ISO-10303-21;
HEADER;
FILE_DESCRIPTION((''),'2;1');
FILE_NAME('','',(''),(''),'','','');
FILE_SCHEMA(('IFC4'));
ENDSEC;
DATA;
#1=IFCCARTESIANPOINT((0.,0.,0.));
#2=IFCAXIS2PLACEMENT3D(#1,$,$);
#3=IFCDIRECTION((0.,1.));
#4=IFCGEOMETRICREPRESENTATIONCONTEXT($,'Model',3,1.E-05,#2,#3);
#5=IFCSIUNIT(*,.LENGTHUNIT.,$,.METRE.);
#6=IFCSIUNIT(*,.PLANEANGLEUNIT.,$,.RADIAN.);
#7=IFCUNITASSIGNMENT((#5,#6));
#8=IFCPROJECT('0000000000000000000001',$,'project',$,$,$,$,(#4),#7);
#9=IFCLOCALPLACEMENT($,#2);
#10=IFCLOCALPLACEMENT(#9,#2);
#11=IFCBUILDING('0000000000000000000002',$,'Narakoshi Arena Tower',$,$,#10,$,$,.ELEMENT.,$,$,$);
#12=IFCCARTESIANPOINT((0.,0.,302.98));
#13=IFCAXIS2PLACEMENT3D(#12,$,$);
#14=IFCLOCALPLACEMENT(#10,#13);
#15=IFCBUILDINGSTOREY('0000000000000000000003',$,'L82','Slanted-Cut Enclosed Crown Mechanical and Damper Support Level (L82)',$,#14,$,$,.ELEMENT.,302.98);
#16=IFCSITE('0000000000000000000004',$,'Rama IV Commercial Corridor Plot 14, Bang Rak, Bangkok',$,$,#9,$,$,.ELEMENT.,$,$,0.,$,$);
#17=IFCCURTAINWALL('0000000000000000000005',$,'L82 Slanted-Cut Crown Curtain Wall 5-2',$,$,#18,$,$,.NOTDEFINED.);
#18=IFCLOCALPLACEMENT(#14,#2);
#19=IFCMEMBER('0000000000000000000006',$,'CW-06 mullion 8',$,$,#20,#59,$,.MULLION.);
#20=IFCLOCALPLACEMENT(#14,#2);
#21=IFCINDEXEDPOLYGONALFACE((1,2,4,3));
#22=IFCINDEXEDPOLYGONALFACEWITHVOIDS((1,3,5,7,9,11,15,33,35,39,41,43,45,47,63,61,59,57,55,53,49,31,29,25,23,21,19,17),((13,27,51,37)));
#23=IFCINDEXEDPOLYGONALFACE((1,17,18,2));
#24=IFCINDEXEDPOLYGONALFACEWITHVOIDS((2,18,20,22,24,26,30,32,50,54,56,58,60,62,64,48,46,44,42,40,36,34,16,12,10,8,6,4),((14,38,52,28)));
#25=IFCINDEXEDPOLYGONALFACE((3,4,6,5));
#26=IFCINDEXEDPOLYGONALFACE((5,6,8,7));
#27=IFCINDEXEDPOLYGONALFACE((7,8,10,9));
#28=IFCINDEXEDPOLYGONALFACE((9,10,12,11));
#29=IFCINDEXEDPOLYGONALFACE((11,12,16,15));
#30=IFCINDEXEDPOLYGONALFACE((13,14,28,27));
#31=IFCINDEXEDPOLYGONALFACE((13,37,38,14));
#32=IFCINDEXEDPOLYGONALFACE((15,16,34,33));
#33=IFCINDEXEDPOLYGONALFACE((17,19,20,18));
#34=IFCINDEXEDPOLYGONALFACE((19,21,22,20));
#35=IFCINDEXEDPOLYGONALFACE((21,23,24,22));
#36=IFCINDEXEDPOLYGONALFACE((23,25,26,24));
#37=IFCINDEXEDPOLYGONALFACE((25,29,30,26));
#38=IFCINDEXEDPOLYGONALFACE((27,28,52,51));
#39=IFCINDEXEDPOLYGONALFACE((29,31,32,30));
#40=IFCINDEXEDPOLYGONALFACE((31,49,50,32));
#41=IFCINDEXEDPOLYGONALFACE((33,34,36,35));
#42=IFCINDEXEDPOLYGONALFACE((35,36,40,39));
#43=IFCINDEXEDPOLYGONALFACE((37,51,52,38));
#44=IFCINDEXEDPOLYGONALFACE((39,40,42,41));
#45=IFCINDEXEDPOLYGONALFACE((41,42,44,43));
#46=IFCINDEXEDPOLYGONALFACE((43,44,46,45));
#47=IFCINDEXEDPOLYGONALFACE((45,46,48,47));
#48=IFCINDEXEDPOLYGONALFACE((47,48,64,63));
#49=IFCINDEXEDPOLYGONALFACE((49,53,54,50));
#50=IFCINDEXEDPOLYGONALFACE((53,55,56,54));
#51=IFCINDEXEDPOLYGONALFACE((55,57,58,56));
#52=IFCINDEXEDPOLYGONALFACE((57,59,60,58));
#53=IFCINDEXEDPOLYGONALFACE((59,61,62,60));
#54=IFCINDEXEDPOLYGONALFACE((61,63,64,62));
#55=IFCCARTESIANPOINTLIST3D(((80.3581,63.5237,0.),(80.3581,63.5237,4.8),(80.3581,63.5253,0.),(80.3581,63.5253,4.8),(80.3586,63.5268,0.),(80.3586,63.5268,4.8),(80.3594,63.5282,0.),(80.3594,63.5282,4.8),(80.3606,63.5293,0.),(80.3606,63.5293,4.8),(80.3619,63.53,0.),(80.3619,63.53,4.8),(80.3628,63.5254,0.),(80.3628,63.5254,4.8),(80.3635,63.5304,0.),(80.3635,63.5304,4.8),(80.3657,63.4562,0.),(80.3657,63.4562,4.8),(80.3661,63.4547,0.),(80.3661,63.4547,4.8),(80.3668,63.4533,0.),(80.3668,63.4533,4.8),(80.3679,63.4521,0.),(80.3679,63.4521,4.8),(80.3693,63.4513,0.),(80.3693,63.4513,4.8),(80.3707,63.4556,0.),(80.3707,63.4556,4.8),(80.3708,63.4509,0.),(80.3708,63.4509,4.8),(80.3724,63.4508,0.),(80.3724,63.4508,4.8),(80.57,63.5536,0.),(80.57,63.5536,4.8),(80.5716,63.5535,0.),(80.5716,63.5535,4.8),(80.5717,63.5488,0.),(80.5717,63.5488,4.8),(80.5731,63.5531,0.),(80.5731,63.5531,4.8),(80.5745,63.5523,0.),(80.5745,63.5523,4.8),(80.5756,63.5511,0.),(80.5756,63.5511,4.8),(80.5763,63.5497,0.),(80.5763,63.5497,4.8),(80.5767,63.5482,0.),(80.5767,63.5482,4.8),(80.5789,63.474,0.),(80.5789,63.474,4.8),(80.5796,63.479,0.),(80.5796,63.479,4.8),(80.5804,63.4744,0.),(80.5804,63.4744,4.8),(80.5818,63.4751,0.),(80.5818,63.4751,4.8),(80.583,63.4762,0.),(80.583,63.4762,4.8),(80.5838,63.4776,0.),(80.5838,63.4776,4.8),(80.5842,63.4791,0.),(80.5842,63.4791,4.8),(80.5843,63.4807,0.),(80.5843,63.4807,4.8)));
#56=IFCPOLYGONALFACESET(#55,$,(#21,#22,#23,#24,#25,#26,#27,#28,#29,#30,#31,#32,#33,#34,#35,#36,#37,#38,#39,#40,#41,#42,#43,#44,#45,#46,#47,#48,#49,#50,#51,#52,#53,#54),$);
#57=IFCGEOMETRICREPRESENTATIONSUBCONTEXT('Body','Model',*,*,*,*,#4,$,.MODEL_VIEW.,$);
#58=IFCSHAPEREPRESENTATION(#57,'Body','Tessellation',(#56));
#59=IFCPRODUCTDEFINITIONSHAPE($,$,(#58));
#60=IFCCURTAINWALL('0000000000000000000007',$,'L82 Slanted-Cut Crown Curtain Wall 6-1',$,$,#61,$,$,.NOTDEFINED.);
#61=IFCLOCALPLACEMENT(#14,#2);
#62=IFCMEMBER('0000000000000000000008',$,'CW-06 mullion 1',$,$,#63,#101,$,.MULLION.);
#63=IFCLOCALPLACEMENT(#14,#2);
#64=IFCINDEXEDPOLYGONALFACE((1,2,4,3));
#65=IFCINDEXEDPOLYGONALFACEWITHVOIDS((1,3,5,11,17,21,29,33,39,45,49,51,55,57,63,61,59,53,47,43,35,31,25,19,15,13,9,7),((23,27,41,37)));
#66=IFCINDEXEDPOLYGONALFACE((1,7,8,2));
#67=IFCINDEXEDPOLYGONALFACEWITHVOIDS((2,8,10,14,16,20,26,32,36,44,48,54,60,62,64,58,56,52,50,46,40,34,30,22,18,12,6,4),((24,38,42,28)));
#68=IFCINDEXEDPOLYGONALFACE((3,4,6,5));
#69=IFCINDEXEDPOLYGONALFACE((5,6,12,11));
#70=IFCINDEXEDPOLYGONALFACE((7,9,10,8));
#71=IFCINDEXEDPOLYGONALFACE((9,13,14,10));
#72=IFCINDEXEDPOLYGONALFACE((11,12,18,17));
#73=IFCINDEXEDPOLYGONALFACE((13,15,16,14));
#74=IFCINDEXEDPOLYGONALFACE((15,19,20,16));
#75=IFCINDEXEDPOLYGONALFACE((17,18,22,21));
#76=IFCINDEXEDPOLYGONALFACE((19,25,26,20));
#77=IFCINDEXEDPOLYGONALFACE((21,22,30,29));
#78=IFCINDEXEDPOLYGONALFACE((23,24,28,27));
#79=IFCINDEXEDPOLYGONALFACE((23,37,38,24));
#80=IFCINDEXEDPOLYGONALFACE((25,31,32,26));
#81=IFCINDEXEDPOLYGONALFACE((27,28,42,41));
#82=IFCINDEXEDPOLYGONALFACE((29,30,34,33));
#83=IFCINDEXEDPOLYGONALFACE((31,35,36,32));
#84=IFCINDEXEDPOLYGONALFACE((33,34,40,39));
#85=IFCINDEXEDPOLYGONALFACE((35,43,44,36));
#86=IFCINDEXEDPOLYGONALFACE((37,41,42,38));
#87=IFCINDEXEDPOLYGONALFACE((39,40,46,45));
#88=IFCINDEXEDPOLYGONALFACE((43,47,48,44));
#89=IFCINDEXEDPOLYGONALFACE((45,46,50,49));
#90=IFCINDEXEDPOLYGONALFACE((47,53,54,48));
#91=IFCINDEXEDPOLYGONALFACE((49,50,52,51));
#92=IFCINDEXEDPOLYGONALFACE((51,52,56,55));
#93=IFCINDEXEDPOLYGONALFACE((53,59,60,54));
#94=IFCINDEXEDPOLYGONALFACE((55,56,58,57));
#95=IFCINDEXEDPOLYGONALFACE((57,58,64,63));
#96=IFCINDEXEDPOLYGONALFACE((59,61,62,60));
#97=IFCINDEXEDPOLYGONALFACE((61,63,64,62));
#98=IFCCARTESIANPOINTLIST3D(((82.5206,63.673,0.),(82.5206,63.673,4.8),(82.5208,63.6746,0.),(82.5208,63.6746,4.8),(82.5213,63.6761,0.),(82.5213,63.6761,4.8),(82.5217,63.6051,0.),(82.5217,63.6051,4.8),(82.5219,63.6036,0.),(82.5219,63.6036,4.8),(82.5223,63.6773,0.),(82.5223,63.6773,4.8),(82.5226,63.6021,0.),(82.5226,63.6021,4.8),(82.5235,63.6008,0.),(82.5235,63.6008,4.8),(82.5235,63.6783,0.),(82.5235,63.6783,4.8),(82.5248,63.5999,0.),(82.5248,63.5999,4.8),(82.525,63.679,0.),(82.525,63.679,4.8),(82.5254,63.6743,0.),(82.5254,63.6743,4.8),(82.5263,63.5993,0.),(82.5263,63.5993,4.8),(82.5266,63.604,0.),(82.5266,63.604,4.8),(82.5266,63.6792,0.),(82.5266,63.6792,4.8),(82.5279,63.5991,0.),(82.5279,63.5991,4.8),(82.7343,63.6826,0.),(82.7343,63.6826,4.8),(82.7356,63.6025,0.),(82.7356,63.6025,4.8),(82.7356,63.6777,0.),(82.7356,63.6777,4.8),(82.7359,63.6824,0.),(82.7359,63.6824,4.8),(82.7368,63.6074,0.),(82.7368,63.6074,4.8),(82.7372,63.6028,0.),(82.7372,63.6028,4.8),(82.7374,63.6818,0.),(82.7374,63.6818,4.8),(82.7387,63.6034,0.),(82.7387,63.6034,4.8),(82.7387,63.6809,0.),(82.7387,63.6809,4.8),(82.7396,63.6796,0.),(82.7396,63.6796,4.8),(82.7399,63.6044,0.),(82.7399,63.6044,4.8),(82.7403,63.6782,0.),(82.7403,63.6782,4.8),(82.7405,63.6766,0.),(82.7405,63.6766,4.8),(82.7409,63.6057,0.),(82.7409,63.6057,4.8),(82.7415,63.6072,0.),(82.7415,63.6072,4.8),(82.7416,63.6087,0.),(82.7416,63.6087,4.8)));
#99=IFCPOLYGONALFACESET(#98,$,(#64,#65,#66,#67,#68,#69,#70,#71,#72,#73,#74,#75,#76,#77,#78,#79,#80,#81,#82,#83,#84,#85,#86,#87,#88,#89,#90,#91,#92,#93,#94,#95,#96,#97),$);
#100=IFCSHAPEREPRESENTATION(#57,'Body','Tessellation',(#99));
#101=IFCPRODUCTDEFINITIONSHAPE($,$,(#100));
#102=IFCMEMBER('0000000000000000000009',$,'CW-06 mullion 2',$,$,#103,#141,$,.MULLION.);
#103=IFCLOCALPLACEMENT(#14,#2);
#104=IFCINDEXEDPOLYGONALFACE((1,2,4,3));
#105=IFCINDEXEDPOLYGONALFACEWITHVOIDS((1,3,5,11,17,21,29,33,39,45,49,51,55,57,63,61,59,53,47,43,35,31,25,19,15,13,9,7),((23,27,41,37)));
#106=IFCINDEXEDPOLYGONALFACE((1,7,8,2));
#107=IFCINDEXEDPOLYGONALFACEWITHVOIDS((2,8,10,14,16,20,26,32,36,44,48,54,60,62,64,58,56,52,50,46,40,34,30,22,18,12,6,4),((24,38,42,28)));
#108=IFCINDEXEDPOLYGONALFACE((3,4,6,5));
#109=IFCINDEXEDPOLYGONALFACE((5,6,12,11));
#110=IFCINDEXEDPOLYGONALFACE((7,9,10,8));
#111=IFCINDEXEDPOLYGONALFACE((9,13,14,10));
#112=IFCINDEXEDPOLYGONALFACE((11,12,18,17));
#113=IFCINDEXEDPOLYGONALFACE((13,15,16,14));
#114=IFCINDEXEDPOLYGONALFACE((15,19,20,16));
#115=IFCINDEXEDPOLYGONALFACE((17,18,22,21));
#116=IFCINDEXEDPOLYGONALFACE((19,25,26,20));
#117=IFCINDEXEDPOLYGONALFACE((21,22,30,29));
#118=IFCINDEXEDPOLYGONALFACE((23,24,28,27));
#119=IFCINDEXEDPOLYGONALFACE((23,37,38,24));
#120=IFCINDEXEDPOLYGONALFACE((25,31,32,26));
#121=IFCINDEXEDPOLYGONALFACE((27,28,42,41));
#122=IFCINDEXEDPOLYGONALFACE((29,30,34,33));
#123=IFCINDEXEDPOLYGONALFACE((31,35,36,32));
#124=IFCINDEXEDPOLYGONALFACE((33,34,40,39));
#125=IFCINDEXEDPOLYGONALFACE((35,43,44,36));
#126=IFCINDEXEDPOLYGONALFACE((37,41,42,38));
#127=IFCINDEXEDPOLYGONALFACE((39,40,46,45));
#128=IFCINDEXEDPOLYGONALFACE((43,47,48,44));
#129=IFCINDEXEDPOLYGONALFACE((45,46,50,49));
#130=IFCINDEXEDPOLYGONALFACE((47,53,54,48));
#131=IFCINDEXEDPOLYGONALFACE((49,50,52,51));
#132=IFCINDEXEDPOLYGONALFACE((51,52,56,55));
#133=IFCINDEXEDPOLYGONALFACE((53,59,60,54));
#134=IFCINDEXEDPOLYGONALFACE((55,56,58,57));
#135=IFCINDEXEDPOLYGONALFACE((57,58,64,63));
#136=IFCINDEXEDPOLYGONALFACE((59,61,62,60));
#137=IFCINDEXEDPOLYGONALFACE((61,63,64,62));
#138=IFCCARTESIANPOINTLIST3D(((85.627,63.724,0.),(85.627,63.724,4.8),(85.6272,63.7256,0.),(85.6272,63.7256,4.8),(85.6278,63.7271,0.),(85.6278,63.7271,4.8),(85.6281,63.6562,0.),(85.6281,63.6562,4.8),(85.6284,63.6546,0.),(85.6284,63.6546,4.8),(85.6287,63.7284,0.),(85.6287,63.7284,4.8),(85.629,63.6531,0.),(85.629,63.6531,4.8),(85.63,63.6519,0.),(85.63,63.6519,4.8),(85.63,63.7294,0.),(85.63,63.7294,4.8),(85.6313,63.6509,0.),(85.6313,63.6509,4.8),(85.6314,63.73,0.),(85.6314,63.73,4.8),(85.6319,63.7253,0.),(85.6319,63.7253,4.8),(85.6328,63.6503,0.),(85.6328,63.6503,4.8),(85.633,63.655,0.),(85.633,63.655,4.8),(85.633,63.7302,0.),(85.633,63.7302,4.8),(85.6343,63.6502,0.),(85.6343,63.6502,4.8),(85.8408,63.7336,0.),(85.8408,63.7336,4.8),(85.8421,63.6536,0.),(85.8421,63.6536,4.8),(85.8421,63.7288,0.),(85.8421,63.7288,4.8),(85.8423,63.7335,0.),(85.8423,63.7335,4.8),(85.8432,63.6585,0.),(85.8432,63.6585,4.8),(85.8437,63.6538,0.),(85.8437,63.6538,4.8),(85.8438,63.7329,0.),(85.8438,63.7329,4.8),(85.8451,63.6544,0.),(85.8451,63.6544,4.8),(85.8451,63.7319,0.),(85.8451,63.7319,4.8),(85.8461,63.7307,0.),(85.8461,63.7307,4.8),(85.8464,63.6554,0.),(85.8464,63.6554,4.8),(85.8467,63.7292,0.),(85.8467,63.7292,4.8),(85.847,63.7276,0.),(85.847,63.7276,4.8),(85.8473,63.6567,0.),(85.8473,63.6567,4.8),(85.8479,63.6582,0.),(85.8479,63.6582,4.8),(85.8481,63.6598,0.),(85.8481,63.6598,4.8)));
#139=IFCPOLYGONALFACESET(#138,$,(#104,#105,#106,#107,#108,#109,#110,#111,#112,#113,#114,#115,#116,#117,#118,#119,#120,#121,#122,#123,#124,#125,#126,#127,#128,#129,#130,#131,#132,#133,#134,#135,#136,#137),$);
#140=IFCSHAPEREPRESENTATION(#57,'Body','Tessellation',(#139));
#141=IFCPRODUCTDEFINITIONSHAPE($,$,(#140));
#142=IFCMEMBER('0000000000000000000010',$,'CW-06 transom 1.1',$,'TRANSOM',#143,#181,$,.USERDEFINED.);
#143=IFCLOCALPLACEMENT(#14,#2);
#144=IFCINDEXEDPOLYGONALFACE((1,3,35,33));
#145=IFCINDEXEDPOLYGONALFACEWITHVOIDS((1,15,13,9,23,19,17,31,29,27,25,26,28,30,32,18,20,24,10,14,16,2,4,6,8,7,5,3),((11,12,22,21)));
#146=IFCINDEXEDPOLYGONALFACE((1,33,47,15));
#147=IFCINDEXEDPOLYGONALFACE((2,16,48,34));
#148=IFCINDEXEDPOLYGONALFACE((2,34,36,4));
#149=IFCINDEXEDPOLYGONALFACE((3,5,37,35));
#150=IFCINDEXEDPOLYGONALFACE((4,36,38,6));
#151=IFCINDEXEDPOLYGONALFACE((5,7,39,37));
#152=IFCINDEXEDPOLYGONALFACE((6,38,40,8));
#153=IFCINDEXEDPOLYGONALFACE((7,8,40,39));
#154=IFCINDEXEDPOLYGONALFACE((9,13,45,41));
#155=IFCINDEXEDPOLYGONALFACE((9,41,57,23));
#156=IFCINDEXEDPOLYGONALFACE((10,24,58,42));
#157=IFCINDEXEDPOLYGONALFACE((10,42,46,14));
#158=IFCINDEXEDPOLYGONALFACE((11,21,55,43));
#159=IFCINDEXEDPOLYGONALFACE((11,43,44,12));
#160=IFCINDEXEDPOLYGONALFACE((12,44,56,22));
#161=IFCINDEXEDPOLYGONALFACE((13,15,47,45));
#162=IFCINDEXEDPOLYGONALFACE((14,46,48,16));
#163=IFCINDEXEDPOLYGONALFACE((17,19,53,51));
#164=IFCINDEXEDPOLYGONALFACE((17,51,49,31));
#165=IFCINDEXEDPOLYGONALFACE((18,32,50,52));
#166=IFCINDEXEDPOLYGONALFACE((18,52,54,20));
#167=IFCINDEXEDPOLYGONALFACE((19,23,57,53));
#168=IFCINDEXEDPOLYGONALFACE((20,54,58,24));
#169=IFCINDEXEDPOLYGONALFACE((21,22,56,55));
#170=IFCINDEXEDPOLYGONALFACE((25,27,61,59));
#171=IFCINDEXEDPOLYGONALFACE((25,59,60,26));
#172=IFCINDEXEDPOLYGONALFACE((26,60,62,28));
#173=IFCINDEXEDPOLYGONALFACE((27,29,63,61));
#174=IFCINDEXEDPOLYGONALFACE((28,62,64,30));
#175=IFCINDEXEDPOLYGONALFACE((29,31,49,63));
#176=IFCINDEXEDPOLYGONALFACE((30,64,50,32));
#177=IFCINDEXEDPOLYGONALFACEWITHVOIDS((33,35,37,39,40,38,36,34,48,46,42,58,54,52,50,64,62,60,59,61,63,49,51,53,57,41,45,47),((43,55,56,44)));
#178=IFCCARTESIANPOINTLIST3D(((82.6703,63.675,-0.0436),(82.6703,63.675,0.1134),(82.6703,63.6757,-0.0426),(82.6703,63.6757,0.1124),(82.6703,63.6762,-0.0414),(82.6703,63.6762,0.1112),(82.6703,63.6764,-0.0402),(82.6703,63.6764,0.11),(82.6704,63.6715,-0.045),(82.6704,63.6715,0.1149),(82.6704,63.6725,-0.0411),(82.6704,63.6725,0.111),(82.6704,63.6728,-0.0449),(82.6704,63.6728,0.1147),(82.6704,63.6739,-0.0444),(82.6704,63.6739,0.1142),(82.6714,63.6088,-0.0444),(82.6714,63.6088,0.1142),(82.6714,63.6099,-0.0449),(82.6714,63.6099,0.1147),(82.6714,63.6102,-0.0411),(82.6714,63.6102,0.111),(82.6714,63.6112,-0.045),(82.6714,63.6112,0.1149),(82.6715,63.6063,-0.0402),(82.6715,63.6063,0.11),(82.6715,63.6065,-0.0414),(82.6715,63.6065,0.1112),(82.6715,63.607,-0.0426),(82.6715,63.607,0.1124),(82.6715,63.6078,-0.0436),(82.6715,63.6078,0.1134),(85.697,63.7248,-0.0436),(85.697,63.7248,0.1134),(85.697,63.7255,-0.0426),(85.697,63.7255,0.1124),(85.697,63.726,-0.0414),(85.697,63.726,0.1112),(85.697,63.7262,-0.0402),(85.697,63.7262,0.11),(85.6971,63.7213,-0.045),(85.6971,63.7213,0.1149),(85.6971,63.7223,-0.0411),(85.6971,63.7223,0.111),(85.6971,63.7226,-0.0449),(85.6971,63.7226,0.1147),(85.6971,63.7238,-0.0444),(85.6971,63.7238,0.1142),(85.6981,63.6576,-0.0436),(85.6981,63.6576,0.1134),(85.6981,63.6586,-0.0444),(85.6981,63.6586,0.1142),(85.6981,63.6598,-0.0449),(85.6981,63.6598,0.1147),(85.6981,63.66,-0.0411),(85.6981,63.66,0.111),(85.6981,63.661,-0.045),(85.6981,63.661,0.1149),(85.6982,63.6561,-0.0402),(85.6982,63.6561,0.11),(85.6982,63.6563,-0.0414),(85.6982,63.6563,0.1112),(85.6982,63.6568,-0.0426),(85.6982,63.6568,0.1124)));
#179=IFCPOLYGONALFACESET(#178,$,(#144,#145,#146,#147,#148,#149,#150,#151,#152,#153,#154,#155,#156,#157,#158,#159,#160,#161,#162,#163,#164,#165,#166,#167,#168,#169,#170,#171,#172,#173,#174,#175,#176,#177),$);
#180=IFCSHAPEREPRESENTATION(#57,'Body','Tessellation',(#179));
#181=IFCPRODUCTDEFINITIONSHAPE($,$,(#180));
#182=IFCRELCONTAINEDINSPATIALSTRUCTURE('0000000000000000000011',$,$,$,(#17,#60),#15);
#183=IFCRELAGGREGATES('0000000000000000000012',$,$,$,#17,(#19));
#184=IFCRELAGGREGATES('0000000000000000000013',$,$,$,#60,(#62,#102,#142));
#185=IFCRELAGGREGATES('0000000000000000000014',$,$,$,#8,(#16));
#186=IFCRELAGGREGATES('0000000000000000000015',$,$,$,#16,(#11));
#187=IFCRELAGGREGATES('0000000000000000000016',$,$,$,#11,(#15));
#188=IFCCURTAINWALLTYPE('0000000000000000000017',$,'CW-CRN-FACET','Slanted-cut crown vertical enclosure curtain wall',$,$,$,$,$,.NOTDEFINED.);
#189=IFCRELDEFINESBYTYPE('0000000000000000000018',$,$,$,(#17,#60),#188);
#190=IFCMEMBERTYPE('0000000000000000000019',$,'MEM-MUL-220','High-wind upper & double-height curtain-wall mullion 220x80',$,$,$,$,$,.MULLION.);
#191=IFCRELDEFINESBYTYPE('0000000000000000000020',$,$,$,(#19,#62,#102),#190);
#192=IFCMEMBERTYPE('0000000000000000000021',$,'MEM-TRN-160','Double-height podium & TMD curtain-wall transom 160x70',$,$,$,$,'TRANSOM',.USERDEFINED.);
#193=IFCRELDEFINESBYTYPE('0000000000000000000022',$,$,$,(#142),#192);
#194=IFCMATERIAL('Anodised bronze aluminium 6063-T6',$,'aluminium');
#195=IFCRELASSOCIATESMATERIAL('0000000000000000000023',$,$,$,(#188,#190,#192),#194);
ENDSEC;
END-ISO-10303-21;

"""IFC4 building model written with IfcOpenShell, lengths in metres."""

from ifc_helpers import new_model, si_unit, direction, frame, origin, origin_2d, place, context, subcontext, project, spatial, hollow_rectangle, extrude, material, material_profile, profile_set, type_object, element, aggregate, save


model = new_model("IFC4")

# Units and contexts
model_context = context("Model", 3, precision=1e-05, world=origin(), true_north=direction((0.0, 1.0)))
body_context = subcontext(model_context, "Body", "Model", "MODEL_VIEW")
ifc_project = project(units=[si_unit("LENGTHUNIT", "METRE"), si_unit("PLANEANGLEUNIT", "RADIAN")], contexts=[model_context])

# Site, building, storey
site_placement = place(None, origin())
site = spatial("IfcSite", under=ifc_project, at=site_placement, Name="Rama IV Commercial Corridor Plot 14, Bang Rak, Bangkok", CompositionType="ELEMENT", RefElevation=0.0)
building_placement = place(site_placement, origin())
building = spatial("IfcBuilding", under=site, at=building_placement, Name="Narakoshi Arena Tower", CompositionType="ELEMENT")
storey_placement = place(building_placement, frame((0.0, 0.0, 302.98)))
storey = spatial("IfcBuildingStorey", under=building, at=storey_placement, Name="L82", Description="Slanted-Cut Enclosed Crown Mechanical and Damper Support Level (L82)", CompositionType="ELEMENT", Elevation=302.98)

# Curtain wall, member
ifc_material_1 = material(Name="Anodised bronze aluminium 6063-T6", Category="aluminium")
curtain_wall_type = type_object("IfcCurtainWallType", Name="CW-CRN-FACET", Description="Slanted-cut crown vertical enclosure curtain wall", PredefinedType="NOTDEFINED", material=ifc_material_1)
curtain_wall_1_placement = place(storey_placement, origin())
curtain_wall_1 = element("IfcCurtainWall", 1, at=curtain_wall_1_placement, inside=storey, type_object=curtain_wall_type, Name="L82 Slanted-Cut Crown Curtain Wall 5-2", PredefinedType="NOTDEFINED")
ifc_material_profile_1 = material_profile(ifc_material_1, hollow_rectangle(XDim=0.0801, YDim=0.22, WallThickness=0.0049, OuterFilletRadius=0.0061, at=origin_2d()), Name="MUL220x80x5")
ifc_profile_set_1 = profile_set([ifc_material_profile_1], Name="Anodised bronze aluminium 6063-T6")
member_type_1 = type_object("IfcMemberType", Name="MEM-MUL-220", Description="High-wind upper & double-height curtain-wall mullion 220x80", PredefinedType="MULLION", material=ifc_profile_set_1)
member_1_placement = place(storey_placement, frame((80.4712, 63.5022, 0.0), z_axis=(0.0, 0.0, 1.0), x_axis=(-0.111395, 0.993776, 0.0)))
member_1 = element("IfcMember", 2, at=member_1_placement, type_object=member_type_1, Name="CW-06 mullion 8", PredefinedType="MULLION", context=body_context, shape_type="SweptSolid", body=[
    extrude(hollow_rectangle(XDim=0.0801, YDim=0.22, WallThickness=0.0049, OuterFilletRadius=0.0061, at=origin_2d()), origin(), (0.0, 0.0, 1.0), 4.8),
])
aggregate(curtain_wall_1, [member_1])

# Curtain wall, members
curtain_wall_2_placement = place(storey_placement, origin())
curtain_wall_2 = element("IfcCurtainWall", 3, at=curtain_wall_2_placement, inside=storey, type_object=curtain_wall_type, Name="L82 Slanted-Cut Crown Curtain Wall 6-1", PredefinedType="NOTDEFINED")
member_2_placement = place(storey_placement, frame((82.6311, 63.6409, 0.0), z_axis=(0.0, 0.0, 1.0), x_axis=(-0.016447, 0.999865, 0.0)))
member_2 = element("IfcMember", 4, at=member_2_placement, type_object=member_type_1, Name="CW-06 mullion 1", PredefinedType="MULLION", context=body_context, shape_type="SweptSolid", body=[
    extrude(hollow_rectangle(XDim=0.0801, YDim=0.22, WallThickness=0.0049, OuterFilletRadius=0.0061, at=origin_2d()), origin(), (0.0, 0.0, 1.0), 4.8),
])
member_3_placement = place(storey_placement, frame((85.7375, 63.6919, 0.0), z_axis=(0.0, 0.0, 1.0), x_axis=(-0.016447, 0.999865, 0.0)))
member_3 = element("IfcMember", 5, at=member_3_placement, type_object=member_type_1, Name="CW-06 mullion 2", PredefinedType="MULLION", context=body_context, shape_type="SweptSolid", body=[
    extrude(hollow_rectangle(XDim=0.0801, YDim=0.22, WallThickness=0.0049, OuterFilletRadius=0.0061, at=origin_2d()), origin(), (0.0, 0.0, 1.0), 4.8),
])
ifc_material_profile_2 = material_profile(ifc_material_1, hollow_rectangle(XDim=0.0701, YDim=0.1599, WallThickness=0.0039, OuterFilletRadius=0.0049, at=origin_2d()), Name="TRN160x70x4")
ifc_profile_set_2 = profile_set([ifc_material_profile_2], Name="Anodised bronze aluminium 6063-T6")
member_type_2 = type_object("IfcMemberType", Name="MEM-TRN-160", Description="Double-height podium & TMD curtain-wall transom 160x70", ElementType="TRANSOM", PredefinedType="USERDEFINED", material=ifc_profile_set_2)
member_4_placement = place(storey_placement, frame((82.6709, 63.6414, 0.0349), z_axis=(0.999865, 0.016453, 0.0), x_axis=(-0.016453, 0.999865, 0.0)))
member_4 = element("IfcMember", 6, at=member_4_placement, type_object=member_type_2, Name="CW-06 transom 1.1", ObjectType="TRANSOM", PredefinedType="USERDEFINED", context=body_context, shape_type="SweptSolid", body=[
    extrude(hollow_rectangle(XDim=0.0701, YDim=0.1599, WallThickness=0.0039, OuterFilletRadius=0.0049, at=origin_2d()), origin(), (0.0, 0.0, 1.0), 3.0271),
])
aggregate(curtain_wall_2, [member_2, member_3, member_4])

save(model, "model.ifc")
